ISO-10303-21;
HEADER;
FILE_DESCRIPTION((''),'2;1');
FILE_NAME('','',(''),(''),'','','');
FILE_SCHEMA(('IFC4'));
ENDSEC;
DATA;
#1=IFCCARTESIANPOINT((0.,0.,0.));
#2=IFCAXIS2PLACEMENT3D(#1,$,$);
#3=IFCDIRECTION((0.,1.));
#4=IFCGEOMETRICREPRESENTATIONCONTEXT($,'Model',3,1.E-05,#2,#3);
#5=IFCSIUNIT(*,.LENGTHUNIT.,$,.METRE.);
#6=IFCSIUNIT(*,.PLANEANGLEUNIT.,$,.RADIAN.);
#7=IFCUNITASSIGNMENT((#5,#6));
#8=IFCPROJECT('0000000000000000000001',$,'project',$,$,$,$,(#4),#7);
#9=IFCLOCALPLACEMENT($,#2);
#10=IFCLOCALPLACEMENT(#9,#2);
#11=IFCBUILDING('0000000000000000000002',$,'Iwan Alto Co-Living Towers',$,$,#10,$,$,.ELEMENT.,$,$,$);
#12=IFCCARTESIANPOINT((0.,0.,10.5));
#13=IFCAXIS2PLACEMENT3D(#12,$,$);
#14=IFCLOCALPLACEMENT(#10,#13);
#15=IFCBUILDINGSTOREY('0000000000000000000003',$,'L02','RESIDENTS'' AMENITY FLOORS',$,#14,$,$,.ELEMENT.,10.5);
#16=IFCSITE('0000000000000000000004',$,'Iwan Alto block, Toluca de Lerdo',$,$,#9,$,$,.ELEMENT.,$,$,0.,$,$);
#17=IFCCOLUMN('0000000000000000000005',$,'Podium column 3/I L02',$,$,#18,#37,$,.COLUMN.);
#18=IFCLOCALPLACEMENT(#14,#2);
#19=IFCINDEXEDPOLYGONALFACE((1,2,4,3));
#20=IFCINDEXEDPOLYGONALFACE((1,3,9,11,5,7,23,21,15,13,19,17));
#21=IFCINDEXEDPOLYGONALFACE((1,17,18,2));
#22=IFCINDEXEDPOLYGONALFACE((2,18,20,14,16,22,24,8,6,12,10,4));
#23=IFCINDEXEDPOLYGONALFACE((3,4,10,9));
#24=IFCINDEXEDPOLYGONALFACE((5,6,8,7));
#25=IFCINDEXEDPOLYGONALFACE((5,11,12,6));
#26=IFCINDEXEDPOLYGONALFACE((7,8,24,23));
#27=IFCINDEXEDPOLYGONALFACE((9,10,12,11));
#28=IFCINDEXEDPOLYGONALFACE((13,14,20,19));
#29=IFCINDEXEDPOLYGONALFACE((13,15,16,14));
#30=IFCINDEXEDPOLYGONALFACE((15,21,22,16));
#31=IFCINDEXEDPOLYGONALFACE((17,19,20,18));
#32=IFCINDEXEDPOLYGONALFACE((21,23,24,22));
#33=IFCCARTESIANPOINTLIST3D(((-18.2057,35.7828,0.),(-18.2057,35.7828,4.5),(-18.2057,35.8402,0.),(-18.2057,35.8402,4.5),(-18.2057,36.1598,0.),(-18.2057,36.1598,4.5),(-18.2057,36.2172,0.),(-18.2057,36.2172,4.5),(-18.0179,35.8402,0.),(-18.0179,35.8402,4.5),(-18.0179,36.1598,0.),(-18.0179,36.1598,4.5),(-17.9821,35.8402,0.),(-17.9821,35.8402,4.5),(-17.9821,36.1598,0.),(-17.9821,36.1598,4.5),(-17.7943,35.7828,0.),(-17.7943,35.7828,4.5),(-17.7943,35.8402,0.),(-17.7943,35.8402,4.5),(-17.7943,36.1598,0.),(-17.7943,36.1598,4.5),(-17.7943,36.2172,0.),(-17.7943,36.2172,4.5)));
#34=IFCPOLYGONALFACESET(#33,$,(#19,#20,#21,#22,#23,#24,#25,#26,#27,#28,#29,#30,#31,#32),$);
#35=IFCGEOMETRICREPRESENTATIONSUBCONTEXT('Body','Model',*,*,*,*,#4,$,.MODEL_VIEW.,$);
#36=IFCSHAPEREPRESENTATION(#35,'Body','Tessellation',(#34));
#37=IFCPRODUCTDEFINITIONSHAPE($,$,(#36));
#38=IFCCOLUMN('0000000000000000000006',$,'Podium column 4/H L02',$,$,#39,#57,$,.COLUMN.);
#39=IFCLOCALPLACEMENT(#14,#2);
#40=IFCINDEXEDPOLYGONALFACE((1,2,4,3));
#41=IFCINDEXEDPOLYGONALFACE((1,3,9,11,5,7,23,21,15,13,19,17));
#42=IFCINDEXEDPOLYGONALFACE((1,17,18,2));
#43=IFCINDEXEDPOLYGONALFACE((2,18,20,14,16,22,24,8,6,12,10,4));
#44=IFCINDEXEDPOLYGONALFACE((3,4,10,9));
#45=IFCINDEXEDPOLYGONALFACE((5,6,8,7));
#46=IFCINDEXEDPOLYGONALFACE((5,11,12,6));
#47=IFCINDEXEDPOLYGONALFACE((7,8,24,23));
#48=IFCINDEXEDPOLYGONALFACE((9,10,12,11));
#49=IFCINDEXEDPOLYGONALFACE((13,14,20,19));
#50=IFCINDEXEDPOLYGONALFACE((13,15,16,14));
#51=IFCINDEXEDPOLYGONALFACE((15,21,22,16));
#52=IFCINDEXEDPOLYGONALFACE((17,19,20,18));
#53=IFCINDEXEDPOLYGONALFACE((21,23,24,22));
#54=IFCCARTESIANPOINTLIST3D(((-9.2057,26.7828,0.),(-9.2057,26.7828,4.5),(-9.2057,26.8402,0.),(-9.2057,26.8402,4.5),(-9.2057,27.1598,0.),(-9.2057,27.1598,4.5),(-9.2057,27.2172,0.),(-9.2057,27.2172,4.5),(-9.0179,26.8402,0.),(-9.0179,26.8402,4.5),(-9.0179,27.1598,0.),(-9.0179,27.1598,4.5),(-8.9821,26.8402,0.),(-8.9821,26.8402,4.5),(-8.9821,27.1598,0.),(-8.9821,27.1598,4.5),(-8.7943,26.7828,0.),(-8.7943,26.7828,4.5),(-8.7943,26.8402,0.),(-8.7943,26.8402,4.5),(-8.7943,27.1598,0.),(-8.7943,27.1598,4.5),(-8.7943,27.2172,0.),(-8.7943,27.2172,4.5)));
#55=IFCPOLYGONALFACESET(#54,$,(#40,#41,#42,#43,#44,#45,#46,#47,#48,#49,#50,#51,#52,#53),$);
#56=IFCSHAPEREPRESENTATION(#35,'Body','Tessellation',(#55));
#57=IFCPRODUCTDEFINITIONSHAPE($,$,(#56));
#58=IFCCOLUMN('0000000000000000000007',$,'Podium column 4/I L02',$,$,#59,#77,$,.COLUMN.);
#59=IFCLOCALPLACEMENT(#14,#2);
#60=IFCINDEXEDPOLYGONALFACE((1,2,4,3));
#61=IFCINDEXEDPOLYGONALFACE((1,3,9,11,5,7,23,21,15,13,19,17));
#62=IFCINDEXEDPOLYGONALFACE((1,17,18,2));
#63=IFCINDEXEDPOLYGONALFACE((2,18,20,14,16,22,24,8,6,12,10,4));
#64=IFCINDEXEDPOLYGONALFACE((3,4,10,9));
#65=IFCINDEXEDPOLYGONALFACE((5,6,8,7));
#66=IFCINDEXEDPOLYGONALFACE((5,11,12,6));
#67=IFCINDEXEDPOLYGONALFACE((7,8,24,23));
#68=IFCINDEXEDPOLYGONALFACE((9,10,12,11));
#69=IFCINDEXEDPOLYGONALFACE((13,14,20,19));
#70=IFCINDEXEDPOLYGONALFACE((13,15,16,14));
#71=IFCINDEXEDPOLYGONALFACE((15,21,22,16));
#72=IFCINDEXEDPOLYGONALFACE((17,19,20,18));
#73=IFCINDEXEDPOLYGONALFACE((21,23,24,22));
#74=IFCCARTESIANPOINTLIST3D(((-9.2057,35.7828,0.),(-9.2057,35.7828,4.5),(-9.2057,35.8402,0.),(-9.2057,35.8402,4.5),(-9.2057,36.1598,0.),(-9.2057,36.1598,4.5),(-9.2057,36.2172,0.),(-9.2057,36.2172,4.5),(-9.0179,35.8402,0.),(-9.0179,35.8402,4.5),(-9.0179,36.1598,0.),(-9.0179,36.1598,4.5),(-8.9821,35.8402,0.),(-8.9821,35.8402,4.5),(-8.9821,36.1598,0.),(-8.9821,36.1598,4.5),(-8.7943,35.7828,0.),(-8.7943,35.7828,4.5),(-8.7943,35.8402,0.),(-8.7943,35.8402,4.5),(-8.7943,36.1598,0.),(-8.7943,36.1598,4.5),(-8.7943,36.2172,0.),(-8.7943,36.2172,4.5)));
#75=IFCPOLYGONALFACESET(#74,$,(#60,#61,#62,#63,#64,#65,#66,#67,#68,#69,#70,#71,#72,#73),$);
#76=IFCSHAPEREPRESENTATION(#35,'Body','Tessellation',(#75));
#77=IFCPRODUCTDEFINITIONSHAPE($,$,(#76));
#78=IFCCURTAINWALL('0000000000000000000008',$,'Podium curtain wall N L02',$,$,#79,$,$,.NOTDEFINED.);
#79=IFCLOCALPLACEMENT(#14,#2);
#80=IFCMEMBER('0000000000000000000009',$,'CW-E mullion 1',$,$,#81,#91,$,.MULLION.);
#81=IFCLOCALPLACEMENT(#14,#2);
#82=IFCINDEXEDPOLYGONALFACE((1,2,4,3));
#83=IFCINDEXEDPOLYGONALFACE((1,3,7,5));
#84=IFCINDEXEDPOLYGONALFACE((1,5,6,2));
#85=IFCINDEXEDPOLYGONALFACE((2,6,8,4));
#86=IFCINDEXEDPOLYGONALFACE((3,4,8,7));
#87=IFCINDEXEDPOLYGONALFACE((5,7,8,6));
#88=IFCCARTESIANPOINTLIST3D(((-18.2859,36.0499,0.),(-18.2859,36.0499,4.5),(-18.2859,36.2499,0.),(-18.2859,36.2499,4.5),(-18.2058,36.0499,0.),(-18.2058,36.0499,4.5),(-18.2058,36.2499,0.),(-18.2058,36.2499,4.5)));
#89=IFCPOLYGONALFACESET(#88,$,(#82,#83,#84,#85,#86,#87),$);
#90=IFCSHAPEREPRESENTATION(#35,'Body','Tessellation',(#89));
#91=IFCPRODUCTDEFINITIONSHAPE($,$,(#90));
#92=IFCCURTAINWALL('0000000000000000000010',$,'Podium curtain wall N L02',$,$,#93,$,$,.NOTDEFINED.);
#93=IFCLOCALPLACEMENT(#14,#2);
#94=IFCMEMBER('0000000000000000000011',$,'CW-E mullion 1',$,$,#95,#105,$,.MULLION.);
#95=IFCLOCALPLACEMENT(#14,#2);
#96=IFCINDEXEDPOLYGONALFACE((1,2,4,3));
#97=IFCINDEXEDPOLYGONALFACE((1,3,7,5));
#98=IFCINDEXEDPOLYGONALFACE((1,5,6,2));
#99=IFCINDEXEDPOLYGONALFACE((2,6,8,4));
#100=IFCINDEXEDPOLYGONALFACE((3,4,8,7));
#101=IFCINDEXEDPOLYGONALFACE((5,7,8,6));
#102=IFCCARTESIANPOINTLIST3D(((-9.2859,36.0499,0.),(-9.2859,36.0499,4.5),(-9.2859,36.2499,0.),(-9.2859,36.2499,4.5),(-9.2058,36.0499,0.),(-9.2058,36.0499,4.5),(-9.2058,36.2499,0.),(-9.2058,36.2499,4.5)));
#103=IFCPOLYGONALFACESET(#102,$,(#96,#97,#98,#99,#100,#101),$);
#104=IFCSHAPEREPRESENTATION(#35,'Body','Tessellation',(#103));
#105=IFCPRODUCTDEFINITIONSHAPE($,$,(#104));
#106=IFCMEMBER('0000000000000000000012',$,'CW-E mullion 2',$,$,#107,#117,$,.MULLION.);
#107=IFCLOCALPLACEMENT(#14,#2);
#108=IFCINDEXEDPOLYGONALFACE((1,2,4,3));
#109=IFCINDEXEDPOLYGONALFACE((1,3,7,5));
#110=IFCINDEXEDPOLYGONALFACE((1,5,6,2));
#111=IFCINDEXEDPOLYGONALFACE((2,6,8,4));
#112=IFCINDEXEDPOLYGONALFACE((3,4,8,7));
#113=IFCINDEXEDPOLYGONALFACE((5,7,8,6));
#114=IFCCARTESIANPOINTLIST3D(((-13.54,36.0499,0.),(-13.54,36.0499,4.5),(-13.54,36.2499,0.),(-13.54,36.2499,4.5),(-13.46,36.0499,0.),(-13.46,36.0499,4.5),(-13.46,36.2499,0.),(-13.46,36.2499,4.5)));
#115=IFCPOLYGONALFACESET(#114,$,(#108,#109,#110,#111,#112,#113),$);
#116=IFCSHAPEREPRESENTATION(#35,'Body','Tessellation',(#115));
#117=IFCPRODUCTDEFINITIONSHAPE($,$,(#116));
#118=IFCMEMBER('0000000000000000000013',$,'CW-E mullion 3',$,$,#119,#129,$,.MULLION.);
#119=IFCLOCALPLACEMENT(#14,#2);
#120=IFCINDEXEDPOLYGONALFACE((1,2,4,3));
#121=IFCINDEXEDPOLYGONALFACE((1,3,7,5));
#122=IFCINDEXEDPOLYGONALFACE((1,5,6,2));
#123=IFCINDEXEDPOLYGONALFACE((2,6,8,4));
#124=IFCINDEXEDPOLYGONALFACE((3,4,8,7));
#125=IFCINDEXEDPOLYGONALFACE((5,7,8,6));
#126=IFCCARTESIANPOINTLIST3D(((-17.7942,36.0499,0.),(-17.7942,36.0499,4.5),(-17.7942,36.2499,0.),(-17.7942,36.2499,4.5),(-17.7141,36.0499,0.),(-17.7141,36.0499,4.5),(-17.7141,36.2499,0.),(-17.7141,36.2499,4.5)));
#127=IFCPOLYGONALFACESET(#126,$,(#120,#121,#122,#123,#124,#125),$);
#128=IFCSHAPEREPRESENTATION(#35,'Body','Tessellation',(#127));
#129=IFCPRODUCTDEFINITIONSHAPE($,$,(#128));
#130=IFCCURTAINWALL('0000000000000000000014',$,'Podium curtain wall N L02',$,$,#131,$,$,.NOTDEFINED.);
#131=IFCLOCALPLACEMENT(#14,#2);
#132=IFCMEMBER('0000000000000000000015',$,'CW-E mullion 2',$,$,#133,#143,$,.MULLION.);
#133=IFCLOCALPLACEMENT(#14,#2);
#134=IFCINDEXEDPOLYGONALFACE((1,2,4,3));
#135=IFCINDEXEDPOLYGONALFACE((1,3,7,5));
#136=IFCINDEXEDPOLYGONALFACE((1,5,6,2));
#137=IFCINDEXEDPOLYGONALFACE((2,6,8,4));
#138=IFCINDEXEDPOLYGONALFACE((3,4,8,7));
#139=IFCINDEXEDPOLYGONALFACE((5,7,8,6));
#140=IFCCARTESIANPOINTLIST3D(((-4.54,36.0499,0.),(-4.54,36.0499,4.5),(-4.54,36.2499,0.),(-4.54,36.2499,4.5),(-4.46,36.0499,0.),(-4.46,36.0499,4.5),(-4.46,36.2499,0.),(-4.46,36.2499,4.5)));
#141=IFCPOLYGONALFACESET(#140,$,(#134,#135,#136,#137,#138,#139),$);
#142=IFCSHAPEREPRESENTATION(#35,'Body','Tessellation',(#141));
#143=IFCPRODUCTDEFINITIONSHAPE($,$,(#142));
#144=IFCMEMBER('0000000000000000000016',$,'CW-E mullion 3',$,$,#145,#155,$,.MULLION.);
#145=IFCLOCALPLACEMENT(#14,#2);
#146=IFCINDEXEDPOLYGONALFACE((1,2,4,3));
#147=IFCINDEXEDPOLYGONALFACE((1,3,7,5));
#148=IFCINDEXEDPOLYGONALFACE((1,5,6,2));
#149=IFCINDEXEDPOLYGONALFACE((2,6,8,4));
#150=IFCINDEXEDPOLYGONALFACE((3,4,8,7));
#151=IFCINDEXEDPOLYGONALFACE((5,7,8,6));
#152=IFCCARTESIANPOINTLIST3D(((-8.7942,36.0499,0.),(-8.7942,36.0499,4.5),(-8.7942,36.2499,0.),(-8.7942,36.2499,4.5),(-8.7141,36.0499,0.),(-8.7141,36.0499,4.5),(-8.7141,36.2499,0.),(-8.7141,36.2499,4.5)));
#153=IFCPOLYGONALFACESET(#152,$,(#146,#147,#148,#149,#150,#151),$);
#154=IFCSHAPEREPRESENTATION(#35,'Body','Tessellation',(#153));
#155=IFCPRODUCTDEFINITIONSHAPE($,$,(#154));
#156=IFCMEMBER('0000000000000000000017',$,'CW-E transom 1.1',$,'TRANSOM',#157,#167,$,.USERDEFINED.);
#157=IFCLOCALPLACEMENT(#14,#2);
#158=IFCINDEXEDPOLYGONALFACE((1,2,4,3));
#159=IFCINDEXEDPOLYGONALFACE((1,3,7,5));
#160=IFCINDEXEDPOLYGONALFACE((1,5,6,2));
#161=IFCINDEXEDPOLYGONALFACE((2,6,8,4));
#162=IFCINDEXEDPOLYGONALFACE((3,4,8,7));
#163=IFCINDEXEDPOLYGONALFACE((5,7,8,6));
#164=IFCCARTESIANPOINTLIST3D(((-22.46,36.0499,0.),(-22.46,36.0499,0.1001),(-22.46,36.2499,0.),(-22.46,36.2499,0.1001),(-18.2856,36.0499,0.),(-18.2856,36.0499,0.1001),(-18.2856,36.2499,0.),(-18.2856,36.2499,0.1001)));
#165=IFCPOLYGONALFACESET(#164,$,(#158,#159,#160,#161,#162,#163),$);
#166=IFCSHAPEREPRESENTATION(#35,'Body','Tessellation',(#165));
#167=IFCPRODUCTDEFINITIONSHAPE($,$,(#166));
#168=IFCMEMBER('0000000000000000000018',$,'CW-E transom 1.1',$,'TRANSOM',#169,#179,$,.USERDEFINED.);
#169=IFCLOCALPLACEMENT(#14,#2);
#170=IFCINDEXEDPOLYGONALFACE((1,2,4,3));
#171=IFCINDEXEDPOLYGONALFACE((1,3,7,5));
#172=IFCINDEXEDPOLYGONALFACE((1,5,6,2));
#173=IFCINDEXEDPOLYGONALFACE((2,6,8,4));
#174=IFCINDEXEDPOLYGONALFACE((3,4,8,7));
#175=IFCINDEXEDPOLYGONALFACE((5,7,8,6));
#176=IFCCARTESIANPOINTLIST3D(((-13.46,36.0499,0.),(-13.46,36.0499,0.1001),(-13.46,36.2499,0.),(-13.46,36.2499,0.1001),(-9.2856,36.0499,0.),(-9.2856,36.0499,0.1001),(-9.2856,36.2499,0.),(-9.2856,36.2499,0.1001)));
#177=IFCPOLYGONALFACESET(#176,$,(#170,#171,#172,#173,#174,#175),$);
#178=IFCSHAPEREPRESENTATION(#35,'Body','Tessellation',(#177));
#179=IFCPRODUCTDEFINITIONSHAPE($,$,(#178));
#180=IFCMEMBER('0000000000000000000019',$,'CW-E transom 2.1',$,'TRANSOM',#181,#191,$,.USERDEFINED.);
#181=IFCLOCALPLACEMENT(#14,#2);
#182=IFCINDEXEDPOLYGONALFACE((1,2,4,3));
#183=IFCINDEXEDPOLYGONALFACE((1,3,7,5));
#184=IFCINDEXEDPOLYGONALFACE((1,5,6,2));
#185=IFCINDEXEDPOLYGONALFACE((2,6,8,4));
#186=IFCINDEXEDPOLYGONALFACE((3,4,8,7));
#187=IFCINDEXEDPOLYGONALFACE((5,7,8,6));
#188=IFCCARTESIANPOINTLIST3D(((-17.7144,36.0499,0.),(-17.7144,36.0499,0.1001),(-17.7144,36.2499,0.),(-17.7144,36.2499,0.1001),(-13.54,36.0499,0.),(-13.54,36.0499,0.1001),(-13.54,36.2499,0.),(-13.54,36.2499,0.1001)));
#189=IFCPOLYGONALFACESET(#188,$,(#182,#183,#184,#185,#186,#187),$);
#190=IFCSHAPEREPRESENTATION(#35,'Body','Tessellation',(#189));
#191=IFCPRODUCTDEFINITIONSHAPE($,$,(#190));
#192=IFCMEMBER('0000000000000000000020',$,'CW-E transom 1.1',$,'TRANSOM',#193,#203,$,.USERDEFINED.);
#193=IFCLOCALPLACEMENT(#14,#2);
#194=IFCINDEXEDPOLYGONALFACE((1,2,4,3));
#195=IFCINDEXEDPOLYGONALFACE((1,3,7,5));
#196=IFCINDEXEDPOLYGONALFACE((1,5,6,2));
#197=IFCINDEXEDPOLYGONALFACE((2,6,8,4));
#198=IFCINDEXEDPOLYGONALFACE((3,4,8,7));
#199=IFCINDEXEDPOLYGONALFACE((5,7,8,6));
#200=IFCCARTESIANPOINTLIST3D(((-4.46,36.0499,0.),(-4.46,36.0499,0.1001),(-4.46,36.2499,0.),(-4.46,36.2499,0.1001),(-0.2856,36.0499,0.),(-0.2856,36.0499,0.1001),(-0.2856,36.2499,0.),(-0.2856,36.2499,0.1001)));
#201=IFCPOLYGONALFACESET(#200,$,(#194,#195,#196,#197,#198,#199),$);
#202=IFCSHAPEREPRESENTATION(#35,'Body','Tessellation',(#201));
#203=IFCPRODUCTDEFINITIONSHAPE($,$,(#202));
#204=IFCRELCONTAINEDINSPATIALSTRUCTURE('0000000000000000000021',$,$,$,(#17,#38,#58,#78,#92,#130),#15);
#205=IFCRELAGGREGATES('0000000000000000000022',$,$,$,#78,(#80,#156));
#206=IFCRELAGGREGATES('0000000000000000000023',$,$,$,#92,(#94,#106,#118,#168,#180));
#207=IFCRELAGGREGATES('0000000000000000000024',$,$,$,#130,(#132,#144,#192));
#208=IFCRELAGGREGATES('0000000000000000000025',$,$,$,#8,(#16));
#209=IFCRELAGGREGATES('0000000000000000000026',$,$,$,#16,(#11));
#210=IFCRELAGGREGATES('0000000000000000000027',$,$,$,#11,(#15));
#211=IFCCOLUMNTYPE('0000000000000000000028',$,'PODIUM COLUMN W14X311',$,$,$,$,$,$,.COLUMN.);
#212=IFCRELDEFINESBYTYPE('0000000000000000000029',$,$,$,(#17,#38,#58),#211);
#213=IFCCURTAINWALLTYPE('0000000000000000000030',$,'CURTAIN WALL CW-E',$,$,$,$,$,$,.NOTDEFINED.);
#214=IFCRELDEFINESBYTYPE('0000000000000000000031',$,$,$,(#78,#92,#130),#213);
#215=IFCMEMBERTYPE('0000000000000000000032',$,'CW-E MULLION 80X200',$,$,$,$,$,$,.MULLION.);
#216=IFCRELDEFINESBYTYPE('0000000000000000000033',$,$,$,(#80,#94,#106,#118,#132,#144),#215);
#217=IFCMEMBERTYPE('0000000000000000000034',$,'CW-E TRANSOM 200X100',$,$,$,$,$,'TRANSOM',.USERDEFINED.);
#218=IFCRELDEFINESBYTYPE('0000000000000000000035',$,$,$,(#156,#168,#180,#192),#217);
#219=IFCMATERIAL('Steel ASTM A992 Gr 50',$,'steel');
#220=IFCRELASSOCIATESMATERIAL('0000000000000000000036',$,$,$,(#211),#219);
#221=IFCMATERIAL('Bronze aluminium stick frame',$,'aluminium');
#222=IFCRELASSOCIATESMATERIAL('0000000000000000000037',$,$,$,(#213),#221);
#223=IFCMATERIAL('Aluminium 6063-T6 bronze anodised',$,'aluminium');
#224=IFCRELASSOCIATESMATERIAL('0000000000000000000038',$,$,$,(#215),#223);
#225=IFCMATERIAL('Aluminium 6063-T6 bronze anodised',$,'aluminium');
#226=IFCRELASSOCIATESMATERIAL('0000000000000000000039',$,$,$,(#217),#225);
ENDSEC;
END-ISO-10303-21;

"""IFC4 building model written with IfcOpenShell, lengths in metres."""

from ifc_helpers import new_model, si_unit, direction, frame, origin, origin_2d, place, context, subcontext, project, spatial, rectangle, i_section, extrude, material, material_profile, profile_set, type_object, element, aggregate, save


model = new_model("IFC4")

# Units and contexts
model_context = context("Model", 3, precision=1e-05, world=origin(), true_north=direction((0.0, 1.0)))
body_context = subcontext(model_context, "Body", "Model", "MODEL_VIEW")
ifc_project = project(units=[si_unit("LENGTHUNIT", "METRE"), si_unit("PLANEANGLEUNIT", "RADIAN")], contexts=[model_context])

# Site, building, storey
site_placement = place(None, origin())
site = spatial("IfcSite", under=ifc_project, at=site_placement, Name="Iwan Alto block, Toluca de Lerdo", CompositionType="ELEMENT", RefElevation=0.0)
building_placement = place(site_placement, origin())
building = spatial("IfcBuilding", under=site, at=building_placement, Name="Iwan Alto Co-Living Towers", CompositionType="ELEMENT")
storey_placement = place(building_placement, frame((0.0, 0.0, 10.5)))
storey = spatial("IfcBuildingStorey", under=building, at=storey_placement, Name="L02", Description="RESIDENTS' AMENITY FLOORS", CompositionType="ELEMENT", Elevation=10.5)

# Columns
ifc_material_1 = material(Name="Steel ASTM A992 Gr 50", Category="steel")
ifc_material_profile_1 = material_profile(ifc_material_1, i_section(OverallWidth=0.4114, OverallDepth=0.4343, WebThickness=0.0359, FlangeThickness=0.0574, at=origin_2d()), Name="W14X311")
ifc_profile_set_1 = profile_set([ifc_material_profile_1], Name="Steel ASTM A992 Gr 50")
column_type = type_object("IfcColumnType", Name="PODIUM COLUMN W14X311", PredefinedType="COLUMN", material=ifc_profile_set_1)
for number, where, z_axis, x_axis, name in (
    (1, (-18.0, 36.0, 0.0), (0.0, 0.0, 1.0), (1.0, 0.0, 0.0), "Podium column 3/I L02"),
    (2, (-9.0, 27.0, 0.0), (0.0, 0.0, 1.0), (1.0, 0.0, 0.0), "Podium column 4/H L02"),
    (3, (-9.0, 36.0, 0.0), (0.0, 0.0, 1.0), (1.0, 0.0, 0.0), "Podium column 4/I L02"),
):
    element("IfcColumn", number, at=place(storey_placement, frame(where, z_axis=z_axis, x_axis=x_axis)), inside=storey, type_object=column_type, Name=name, PredefinedType="COLUMN", context=body_context, shape_type="SweptSolid", body=[
        extrude(i_section(OverallWidth=0.4114, OverallDepth=0.4343, WebThickness=0.0359, FlangeThickness=0.0574, at=origin_2d()), origin(), (0.0, 0.0, 1.0), 4.5),
    ])

# Curtain wall, member
ifc_material_2 = material(Name="Bronze aluminium stick frame", Category="aluminium")
curtain_wall_type = type_object("IfcCurtainWallType", Name="CURTAIN WALL CW-E", PredefinedType="NOTDEFINED", material=ifc_material_2)
curtain_wall_1_placement = place(storey_placement, origin())
curtain_wall_1 = element("IfcCurtainWall", 4, at=curtain_wall_1_placement, inside=storey, type_object=curtain_wall_type, Name="Podium curtain wall N L02", PredefinedType="NOTDEFINED")
ifc_material_3 = material(Name="Aluminium 6063-T6 bronze anodised", Category="aluminium")
ifc_material_profile_2 = material_profile(ifc_material_3, rectangle(XDim=0.2, YDim=0.0801, at=origin_2d()), Name="AL 80X200")
ifc_profile_set_2 = profile_set([ifc_material_profile_2], Name="Aluminium 6063-T6 bronze anodised")
member_type_1 = type_object("IfcMemberType", Name="CW-E MULLION 80X200", PredefinedType="MULLION", material=ifc_profile_set_2)
member_1_placement = place(storey_placement, frame((-18.2458, 36.1499, 0.0), z_axis=(0.0, 0.0, 1.0), x_axis=(0.0, -1.0, 0.0)))
member_1 = element("IfcMember", 5, at=member_1_placement, type_object=member_type_1, Name="CW-E mullion 1", PredefinedType="MULLION", context=body_context, shape_type="SweptSolid", body=[
    extrude(rectangle(XDim=0.2, YDim=0.0801, at=origin_2d()), origin(), (0.0, 0.0, 1.0), 4.5),
])

# Curtain walls, members
curtain_wall_2_placement = place(storey_placement, origin())
curtain_wall_2 = element("IfcCurtainWall", 6, at=curtain_wall_2_placement, inside=storey, type_object=curtain_wall_type, Name="Podium curtain wall N L02", PredefinedType="NOTDEFINED")
member_2_placement = place(storey_placement, frame((-9.2458, 36.1499, 0.0), z_axis=(0.0, 0.0, 1.0), x_axis=(0.0, -1.0, 0.0)))
member_2 = element("IfcMember", 7, at=member_2_placement, type_object=member_type_1, Name="CW-E mullion 1", PredefinedType="MULLION", context=body_context, shape_type="SweptSolid", body=[
    extrude(rectangle(XDim=0.2, YDim=0.0801, at=origin_2d()), origin(), (0.0, 0.0, 1.0), 4.5),
])
member_3_placement = place(storey_placement, frame((-13.5, 36.1499, 0.0), z_axis=(0.0, 0.0, 1.0), x_axis=(0.0, -1.0, 0.0)))
member_3 = element("IfcMember", 8, at=member_3_placement, type_object=member_type_1, Name="CW-E mullion 2", PredefinedType="MULLION", context=body_context, shape_type="SweptSolid", body=[
    extrude(rectangle(XDim=0.2, YDim=0.0801, at=origin_2d()), origin(), (0.0, 0.0, 1.0), 4.5),
])
member_4_placement = place(storey_placement, frame((-17.7542, 36.1499, 0.0), z_axis=(0.0, 0.0, 1.0), x_axis=(0.0, -1.0, 0.0)))
member_4 = element("IfcMember", 9, at=member_4_placement, type_object=member_type_1, Name="CW-E mullion 3", PredefinedType="MULLION", context=body_context, shape_type="SweptSolid", body=[
    extrude(rectangle(XDim=0.2, YDim=0.0801, at=origin_2d()), origin(), (0.0, 0.0, 1.0), 4.5),
])
curtain_wall_3_placement = place(storey_placement, origin())
curtain_wall_3 = element("IfcCurtainWall", 10, at=curtain_wall_3_placement, inside=storey, type_object=curtain_wall_type, Name="Podium curtain wall N L02", PredefinedType="NOTDEFINED")
member_5_placement = place(storey_placement, frame((-4.5, 36.1499, 0.0), z_axis=(0.0, 0.0, 1.0), x_axis=(0.0, -1.0, 0.0)))
member_5 = element("IfcMember", 11, at=member_5_placement, type_object=member_type_1, Name="CW-E mullion 2", PredefinedType="MULLION", context=body_context, shape_type="SweptSolid", body=[
    extrude(rectangle(XDim=0.2, YDim=0.0801, at=origin_2d()), origin(), (0.0, 0.0, 1.0), 4.5),
])
member_6_placement = place(storey_placement, frame((-8.7542, 36.1499, 0.0), z_axis=(0.0, 0.0, 1.0), x_axis=(0.0, -1.0, 0.0)))
member_6 = element("IfcMember", 12, at=member_6_placement, type_object=member_type_1, Name="CW-E mullion 3", PredefinedType="MULLION", context=body_context, shape_type="SweptSolid", body=[
    extrude(rectangle(XDim=0.2, YDim=0.0801, at=origin_2d()), origin(), (0.0, 0.0, 1.0), 4.5),
])

# Members
ifc_material_4 = material(Name="Aluminium 6063-T6 bronze anodised", Category="aluminium")
ifc_material_profile_3 = material_profile(ifc_material_4, rectangle(XDim=0.2, YDim=0.1001, at=origin_2d()), Name="AL 200X100")
ifc_profile_set_3 = profile_set([ifc_material_profile_3], Name="Aluminium 6063-T6 bronze anodised")
member_type_2 = type_object("IfcMemberType", Name="CW-E TRANSOM 200X100", ElementType="TRANSOM", PredefinedType="USERDEFINED", material=ifc_profile_set_3)
member_7_placement = place(storey_placement, frame((-18.2856, 36.1499, 0.05), z_axis=(-1.0, 0.0, 0.0), x_axis=(0.0, -1.0, 0.0)))
member_7 = element("IfcMember", 13, at=member_7_placement, type_object=member_type_2, Name="CW-E transom 1.1", ObjectType="TRANSOM", PredefinedType="USERDEFINED", context=body_context, shape_type="SweptSolid", body=[
    extrude(rectangle(XDim=0.2, YDim=0.1001, at=origin_2d()), origin(), (0.0, 0.0, 1.0), 4.1743),
])
member_8_placement = place(storey_placement, frame((-9.2856, 36.1499, 0.05), z_axis=(-1.0, 0.0, 0.0), x_axis=(0.0, -1.0, 0.0)))
member_8 = element("IfcMember", 14, at=member_8_placement, type_object=member_type_2, Name="CW-E transom 1.1", ObjectType="TRANSOM", PredefinedType="USERDEFINED", context=body_context, shape_type="SweptSolid", body=[
    extrude(rectangle(XDim=0.2, YDim=0.1001, at=origin_2d()), origin(), (0.0, 0.0, 1.0), 4.1743),
])
member_9_placement = place(storey_placement, frame((-13.54, 36.1499, 0.05), z_axis=(-1.0, 0.0, 0.0), x_axis=(0.0, -1.0, 0.0)))
member_9 = element("IfcMember", 15, at=member_9_placement, type_object=member_type_2, Name="CW-E transom 2.1", ObjectType="TRANSOM", PredefinedType="USERDEFINED", context=body_context, shape_type="SweptSolid", body=[
    extrude(rectangle(XDim=0.2, YDim=0.1001, at=origin_2d()), origin(), (0.0, 0.0, 1.0), 4.1743),
])
member_10_placement = place(storey_placement, frame((-0.2856, 36.1499, 0.05), z_axis=(-1.0, 0.0, 0.0), x_axis=(0.0, -1.0, 0.0)))
member_10 = element("IfcMember", 16, at=member_10_placement, type_object=member_type_2, Name="CW-E transom 1.1", ObjectType="TRANSOM", PredefinedType="USERDEFINED", context=body_context, shape_type="SweptSolid", body=[
    extrude(rectangle(XDim=0.2, YDim=0.1001, at=origin_2d()), origin(), (0.0, 0.0, 1.0), 4.1743),
])

aggregate(curtain_wall_1, [member_1, member_7])
aggregate(curtain_wall_2, [member_2, member_3, member_4, member_8, member_9])
aggregate(curtain_wall_3, [member_5, member_6, member_10])

save(model, "model.ifc")
